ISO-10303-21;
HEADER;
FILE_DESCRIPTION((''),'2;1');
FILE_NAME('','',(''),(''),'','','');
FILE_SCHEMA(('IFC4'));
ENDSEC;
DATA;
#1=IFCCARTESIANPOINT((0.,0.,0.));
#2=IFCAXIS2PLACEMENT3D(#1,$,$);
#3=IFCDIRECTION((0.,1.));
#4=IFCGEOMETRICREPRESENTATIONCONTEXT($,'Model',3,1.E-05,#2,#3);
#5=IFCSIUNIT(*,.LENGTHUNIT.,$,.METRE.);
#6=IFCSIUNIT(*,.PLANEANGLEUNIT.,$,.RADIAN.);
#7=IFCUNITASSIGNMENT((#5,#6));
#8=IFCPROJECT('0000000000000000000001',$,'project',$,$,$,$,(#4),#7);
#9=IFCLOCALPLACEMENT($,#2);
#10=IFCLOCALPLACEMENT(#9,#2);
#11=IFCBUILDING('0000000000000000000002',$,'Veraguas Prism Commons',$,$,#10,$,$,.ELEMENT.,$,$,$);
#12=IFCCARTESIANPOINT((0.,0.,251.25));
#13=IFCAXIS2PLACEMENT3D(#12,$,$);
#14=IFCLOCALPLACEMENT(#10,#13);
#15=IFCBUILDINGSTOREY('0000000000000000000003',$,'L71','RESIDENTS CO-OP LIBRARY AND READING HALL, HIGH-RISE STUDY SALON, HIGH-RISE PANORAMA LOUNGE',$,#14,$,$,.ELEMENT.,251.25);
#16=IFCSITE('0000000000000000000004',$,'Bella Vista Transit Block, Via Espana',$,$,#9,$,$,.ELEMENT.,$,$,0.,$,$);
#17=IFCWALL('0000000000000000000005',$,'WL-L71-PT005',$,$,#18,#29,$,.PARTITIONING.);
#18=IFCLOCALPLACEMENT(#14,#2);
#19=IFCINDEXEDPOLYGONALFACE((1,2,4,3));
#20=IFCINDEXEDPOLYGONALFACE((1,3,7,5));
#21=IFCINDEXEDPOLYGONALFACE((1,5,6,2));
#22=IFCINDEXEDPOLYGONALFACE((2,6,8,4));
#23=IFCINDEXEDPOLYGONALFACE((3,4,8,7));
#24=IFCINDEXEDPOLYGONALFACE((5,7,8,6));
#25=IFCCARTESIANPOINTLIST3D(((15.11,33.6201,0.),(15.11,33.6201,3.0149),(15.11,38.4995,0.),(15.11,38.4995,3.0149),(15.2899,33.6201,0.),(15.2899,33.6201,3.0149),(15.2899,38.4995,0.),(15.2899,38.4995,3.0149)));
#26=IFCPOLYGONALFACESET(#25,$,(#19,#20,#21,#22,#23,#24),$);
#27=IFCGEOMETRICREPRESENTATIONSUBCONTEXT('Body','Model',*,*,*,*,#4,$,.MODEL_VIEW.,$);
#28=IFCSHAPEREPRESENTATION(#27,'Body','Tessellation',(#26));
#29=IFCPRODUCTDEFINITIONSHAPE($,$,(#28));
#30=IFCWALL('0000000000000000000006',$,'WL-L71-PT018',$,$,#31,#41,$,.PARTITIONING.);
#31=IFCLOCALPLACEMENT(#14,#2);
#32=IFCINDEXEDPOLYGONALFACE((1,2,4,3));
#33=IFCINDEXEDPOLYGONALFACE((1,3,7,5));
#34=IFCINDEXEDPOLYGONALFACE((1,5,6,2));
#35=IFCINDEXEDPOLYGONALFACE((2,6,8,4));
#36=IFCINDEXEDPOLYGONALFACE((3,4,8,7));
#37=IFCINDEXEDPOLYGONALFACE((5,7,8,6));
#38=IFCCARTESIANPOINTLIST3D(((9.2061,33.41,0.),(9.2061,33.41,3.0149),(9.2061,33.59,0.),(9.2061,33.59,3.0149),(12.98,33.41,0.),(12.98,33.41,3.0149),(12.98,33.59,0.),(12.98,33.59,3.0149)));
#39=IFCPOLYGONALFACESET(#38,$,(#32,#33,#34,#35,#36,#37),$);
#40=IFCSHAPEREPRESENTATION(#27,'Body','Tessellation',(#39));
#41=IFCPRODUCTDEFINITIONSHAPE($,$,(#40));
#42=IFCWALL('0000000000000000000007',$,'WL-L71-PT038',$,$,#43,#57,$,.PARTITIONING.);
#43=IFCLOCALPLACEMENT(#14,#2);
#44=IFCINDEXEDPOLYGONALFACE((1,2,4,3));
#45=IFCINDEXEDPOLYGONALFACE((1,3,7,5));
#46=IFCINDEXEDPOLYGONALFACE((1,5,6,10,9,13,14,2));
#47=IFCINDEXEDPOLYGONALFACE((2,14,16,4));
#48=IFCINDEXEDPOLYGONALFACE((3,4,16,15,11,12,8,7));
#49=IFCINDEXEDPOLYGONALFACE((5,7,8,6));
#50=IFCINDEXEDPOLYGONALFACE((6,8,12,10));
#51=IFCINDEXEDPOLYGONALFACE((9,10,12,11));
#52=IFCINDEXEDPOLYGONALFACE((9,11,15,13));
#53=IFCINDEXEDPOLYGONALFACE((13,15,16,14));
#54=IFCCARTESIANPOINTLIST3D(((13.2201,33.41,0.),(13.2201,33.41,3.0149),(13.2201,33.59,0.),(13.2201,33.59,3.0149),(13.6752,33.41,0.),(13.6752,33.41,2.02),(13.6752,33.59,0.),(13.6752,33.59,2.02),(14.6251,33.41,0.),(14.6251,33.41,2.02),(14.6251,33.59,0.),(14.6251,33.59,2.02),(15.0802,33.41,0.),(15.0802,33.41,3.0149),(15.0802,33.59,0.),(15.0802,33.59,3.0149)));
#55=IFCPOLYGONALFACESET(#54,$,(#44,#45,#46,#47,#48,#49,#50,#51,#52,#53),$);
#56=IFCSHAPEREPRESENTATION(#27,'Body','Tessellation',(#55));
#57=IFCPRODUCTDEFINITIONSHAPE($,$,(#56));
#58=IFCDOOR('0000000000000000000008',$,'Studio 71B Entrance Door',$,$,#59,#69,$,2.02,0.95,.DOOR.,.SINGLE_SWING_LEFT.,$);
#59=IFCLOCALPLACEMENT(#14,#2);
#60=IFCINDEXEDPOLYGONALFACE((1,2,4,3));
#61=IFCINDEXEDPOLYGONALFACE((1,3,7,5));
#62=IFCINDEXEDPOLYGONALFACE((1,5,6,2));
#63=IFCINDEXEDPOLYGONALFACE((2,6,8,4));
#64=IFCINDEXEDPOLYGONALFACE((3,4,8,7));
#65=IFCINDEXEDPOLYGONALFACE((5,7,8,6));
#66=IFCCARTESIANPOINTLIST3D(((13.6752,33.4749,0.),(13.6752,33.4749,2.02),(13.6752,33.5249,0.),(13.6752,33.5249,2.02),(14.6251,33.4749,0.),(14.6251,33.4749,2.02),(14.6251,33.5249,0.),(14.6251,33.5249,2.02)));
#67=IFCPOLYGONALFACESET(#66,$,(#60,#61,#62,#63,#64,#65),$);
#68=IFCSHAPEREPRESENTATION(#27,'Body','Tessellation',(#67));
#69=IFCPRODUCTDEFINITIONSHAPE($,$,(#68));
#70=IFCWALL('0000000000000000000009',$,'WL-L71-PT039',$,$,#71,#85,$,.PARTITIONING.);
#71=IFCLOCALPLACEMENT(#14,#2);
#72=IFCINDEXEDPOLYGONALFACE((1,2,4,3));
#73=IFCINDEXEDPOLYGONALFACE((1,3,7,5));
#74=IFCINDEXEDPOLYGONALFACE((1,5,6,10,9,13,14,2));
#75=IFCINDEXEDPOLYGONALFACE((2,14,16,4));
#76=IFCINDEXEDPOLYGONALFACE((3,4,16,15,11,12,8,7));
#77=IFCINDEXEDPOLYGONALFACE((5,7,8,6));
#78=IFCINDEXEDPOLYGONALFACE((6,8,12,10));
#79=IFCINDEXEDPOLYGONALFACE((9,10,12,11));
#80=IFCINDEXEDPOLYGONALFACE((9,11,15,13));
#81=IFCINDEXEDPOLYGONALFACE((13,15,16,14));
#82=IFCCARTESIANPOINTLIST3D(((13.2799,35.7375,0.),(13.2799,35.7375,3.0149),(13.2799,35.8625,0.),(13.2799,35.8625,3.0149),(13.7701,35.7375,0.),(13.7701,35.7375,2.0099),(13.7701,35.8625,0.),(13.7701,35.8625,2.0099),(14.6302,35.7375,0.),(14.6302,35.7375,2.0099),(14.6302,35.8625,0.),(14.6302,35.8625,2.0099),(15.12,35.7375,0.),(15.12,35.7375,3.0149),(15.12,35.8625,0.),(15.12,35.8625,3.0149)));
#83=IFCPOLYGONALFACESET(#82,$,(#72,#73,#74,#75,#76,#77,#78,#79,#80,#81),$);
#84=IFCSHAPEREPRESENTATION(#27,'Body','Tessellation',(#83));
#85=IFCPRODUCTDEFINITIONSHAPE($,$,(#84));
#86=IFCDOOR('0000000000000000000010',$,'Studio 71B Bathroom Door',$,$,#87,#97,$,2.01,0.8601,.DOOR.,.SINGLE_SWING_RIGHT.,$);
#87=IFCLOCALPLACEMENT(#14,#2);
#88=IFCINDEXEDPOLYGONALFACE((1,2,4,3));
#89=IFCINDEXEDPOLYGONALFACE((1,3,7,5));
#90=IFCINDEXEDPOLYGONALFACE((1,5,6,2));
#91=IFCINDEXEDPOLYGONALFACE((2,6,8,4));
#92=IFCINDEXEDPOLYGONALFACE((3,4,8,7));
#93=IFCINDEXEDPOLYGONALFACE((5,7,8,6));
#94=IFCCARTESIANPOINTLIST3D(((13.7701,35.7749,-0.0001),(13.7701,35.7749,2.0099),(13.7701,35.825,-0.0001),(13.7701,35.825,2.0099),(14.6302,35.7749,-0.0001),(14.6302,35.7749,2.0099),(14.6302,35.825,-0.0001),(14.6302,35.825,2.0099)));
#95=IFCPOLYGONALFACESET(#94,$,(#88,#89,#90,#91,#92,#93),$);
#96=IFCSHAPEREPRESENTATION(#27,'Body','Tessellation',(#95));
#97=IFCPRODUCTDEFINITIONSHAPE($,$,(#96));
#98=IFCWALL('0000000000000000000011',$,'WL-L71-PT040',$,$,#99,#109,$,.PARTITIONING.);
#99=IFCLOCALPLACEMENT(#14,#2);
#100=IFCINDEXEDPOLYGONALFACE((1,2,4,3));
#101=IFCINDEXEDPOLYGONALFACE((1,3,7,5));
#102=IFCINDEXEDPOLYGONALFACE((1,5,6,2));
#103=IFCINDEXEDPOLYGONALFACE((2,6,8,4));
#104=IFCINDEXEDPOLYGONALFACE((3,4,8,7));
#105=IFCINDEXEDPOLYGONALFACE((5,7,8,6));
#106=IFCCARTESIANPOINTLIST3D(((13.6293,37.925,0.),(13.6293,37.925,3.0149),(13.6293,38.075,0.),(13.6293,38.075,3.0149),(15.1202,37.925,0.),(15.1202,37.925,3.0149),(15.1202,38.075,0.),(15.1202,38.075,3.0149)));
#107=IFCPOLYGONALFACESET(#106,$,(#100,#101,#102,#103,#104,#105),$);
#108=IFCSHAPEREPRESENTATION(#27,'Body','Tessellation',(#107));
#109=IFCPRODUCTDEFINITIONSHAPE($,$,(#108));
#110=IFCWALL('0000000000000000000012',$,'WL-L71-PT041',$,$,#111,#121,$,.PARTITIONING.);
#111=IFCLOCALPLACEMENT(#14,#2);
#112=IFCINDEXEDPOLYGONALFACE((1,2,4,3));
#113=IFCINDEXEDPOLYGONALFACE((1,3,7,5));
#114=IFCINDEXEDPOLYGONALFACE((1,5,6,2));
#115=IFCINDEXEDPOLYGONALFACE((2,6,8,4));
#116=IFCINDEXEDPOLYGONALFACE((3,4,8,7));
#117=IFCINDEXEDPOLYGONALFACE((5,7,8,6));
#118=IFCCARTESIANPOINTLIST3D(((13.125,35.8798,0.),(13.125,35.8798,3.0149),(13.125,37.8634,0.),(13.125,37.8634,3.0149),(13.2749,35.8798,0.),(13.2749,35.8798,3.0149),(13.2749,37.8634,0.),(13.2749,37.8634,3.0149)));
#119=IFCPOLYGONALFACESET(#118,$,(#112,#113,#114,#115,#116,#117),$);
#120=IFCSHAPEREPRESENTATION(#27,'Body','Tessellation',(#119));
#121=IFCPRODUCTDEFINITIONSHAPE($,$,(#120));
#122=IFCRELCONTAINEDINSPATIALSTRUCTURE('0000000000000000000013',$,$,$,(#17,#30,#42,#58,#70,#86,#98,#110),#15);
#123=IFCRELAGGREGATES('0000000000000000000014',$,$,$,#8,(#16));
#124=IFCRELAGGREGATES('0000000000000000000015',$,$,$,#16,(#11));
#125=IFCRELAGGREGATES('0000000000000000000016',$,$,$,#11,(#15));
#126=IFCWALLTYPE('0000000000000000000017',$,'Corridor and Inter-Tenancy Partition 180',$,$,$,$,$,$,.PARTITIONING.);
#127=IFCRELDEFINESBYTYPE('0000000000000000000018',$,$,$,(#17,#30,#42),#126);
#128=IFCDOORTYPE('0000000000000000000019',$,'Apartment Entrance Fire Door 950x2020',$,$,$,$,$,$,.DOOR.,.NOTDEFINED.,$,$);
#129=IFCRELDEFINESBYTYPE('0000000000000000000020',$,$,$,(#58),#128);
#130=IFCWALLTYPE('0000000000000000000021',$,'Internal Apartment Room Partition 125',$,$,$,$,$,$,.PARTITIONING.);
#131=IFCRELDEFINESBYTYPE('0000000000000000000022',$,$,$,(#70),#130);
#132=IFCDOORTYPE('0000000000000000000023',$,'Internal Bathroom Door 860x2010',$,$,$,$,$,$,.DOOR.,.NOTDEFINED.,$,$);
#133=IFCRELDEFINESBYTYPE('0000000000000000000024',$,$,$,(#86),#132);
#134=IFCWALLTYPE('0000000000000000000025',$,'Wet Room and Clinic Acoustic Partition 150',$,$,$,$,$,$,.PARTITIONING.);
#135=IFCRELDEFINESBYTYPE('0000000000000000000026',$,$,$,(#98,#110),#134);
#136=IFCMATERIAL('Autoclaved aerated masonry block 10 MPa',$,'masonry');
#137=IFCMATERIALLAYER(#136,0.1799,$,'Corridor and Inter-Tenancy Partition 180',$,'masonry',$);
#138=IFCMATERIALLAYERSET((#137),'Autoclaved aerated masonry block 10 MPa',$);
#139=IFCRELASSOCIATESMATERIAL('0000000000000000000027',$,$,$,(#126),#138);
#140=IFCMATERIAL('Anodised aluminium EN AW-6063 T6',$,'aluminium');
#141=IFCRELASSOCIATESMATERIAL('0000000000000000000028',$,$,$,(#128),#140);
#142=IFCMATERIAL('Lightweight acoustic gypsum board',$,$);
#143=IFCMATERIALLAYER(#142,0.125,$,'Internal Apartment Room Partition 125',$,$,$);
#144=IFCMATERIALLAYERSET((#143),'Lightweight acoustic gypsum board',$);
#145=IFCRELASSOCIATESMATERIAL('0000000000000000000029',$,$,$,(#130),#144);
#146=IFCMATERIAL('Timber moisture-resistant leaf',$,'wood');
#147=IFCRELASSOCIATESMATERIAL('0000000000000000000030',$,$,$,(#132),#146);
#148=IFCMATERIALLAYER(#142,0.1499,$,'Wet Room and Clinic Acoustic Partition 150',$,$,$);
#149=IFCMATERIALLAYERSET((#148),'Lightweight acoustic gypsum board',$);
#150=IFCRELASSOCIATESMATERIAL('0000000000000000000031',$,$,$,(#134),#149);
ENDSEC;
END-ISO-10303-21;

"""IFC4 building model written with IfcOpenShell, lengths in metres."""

from ifc_helpers import new_model, si_unit, direction, frame, frame_2d, origin, place, context, subcontext, project, spatial, rectangle, extrude, source, transform, mapped, material, layer, layer_set, type_object, element, fill, save


model = new_model("IFC4")

# Units and contexts
model_context = context("Model", 3, precision=1e-05, world=origin(), true_north=direction((0.0, 1.0)))
body_context = subcontext(model_context, "Body", "Model", "MODEL_VIEW")
ifc_project = project(units=[si_unit("LENGTHUNIT", "METRE"), si_unit("PLANEANGLEUNIT", "RADIAN")], contexts=[model_context])

# Site, building, storey
site_placement = place(None, origin())
site = spatial("IfcSite", under=ifc_project, at=site_placement, Name="Bella Vista Transit Block, Via Espana", CompositionType="ELEMENT", RefElevation=0.0)
building_placement = place(site_placement, origin())
building = spatial("IfcBuilding", under=site, at=building_placement, Name="Veraguas Prism Commons", CompositionType="ELEMENT")
storey_placement = place(building_placement, frame((0.0, 0.0, 251.25)))
storey = spatial("IfcBuildingStorey", under=building, at=storey_placement, Name="L71", Description="RESIDENTS CO-OP LIBRARY AND READING HALL, HIGH-RISE STUDY SALON, HIGH-RISE PANORAMA LOUNGE", CompositionType="ELEMENT", Elevation=251.25)

# Shared definitions
ifc_material_1 = material(Name="Anodised aluminium EN AW-6063 T6", Category="aluminium")

# Walls
ifc_material_2 = material(Name="Autoclaved aerated masonry block 10 MPa", Category="masonry")
ifc_layer_1 = layer(ifc_material_2, 0.1799, Name="Corridor and Inter-Tenancy Partition 180", Category="masonry")
ifc_layer_set_1 = layer_set([ifc_layer_1], Name="Autoclaved aerated masonry block 10 MPa")
wall_type_1 = type_object("IfcWallType", Name="Corridor and Inter-Tenancy Partition 180", PredefinedType="PARTITIONING", material=ifc_layer_set_1)
wall_1_placement = place(storey_placement, frame((15.2, 33.6201, 0.0), z_axis=(0.0, 0.0, 1.0), x_axis=(0.0, 1.0, 0.0)))
element("IfcWall", 1, at=wall_1_placement, inside=storey, type_object=wall_type_1, Name="WL-L71-PT005", PredefinedType="PARTITIONING", context=body_context, shape_type="SweptSolid", body=[
    extrude(rectangle(XDim=4.8794, YDim=0.1799, at=frame_2d((2.4397, 0.0))), origin(), (0.0, 0.0, 1.0), 3.0149),
])
wall_2_placement = place(storey_placement, frame((12.98, 33.5, 0.0), z_axis=(0.0, 0.0, 1.0), x_axis=(-1.0, 0.0, 0.0)))
element("IfcWall", 2, at=wall_2_placement, inside=storey, type_object=wall_type_1, Name="WL-L71-PT018", PredefinedType="PARTITIONING", context=body_context, shape_type="SweptSolid", body=[
    extrude(rectangle(XDim=3.7739, YDim=0.1799, at=frame_2d((1.887, 0.0))), origin(), (0.0, 0.0, 1.0), 3.0149),
])

# Walls, openings, doors
wall_3_placement = place(storey_placement, frame((13.22, 33.5, 0.0), z_axis=(0.0, 0.0, 1.0), x_axis=(1.0, 0.0, 0.0)))
wall_3 = element("IfcWall", 3, at=wall_3_placement, inside=storey, type_object=wall_type_1, Name="WL-L71-PT038", PredefinedType="PARTITIONING", context=body_context, shape_type="SweptSolid", body=[
    extrude(rectangle(XDim=1.8601, YDim=0.1799, at=frame_2d((0.9302, 0.0))), origin(), (0.0, 0.0, 1.0), 3.0149),
])
opening_1_placement = place(wall_3_placement, frame((0.4551, 0.0, 0.0)))
opening_1 = element("IfcOpeningElement", 4, at=opening_1_placement, cuts=wall_3, PredefinedType="OPENING", context=body_context, shape_type="SweptSolid", body=[
    extrude(rectangle(XDim=0.95, YDim=2.02, at=frame_2d((0.4751, 1.01))), frame((0.0, 0.0999, 0.0), z_axis=(0.0, -1.0, 0.0), x_axis=(1.0, 0.0, 0.0)), (0.0, 0.0, 1.0), 0.2),
])
door_type_1 = type_object("IfcDoorType", Name="Apartment Entrance Fire Door 950x2020", OperationType="NOTDEFINED", PredefinedType="DOOR", material=ifc_material_1)
shared_shape_1 = source(origin(), body_context, "Body", "SweptSolid", [
    extrude(rectangle(XDim=0.95, YDim=2.02, at=frame_2d((0.4751, 1.01))), frame((0.0, 0.0249, 0.0), z_axis=(0.0, -1.0, 0.0), x_axis=(1.0, 0.0, 0.0)), (0.0, 0.0, 1.0), 0.05),
])
door_1_placement = place(opening_1_placement, origin())
door_1 = element("IfcDoor", 5, at=door_1_placement, inside=storey, type_object=door_type_1, Name="Studio 71B Entrance Door", OperationType="SINGLE_SWING_LEFT", OverallHeight=2.02, OverallWidth=0.95, PredefinedType="DOOR", context=body_context, shape_type="MappedRepresentation", body=[
    mapped(shared_shape_1, transform((0.0, 0.0, 0.0), scale=1.0)),
])
fill(opening_1, door_1)
ifc_material_3 = material(Name="Lightweight acoustic gypsum board")
ifc_layer_2 = layer(ifc_material_3, 0.125, Name="Internal Apartment Room Partition 125")
ifc_layer_set_2 = layer_set([ifc_layer_2], Name="Lightweight acoustic gypsum board")
wall_type_2 = type_object("IfcWallType", Name="Internal Apartment Room Partition 125", PredefinedType="PARTITIONING", material=ifc_layer_set_2)
wall_4_placement = place(storey_placement, frame((13.28, 35.8, 0.0), z_axis=(0.0, 0.0, 1.0), x_axis=(1.0, 0.0, 0.0)))
wall_4 = element("IfcWall", 6, at=wall_4_placement, inside=storey, type_object=wall_type_2, Name="WL-L71-PT039", PredefinedType="PARTITIONING", context=body_context, shape_type="SweptSolid", body=[
    extrude(rectangle(XDim=1.8401, YDim=0.125, at=frame_2d((0.9199, 0.0))), origin(), (0.0, 0.0, 1.0), 3.0149),
])
opening_2_placement = place(wall_4_placement, frame((0.49, 0.0, 0.0)))
opening_2 = element("IfcOpeningElement", 7, at=opening_2_placement, cuts=wall_4, PredefinedType="OPENING", context=body_context, shape_type="SweptSolid", body=[
    extrude(rectangle(XDim=0.8601, YDim=2.01, at=frame_2d((0.4302, 1.0049))), frame((0.0, 0.0725, 0.0), z_axis=(0.0, -1.0, 0.0), x_axis=(1.0, 0.0, 0.0)), (0.0, 0.0, 1.0), 0.145),
])
ifc_material_4 = material(Name="Timber moisture-resistant leaf", Category="wood")
door_type_2 = type_object("IfcDoorType", Name="Internal Bathroom Door 860x2010", OperationType="NOTDEFINED", PredefinedType="DOOR", material=ifc_material_4)
shared_shape_2 = source(origin(), body_context, "Body", "SweptSolid", [
    extrude(rectangle(XDim=0.8601, YDim=2.01, at=frame_2d((0.4302, 1.0049))), frame((0.0, 0.0249, 0.0), z_axis=(0.0, -1.0, 0.0), x_axis=(1.0, 0.0, 0.0)), (0.0, 0.0, 1.0), 0.05),
])
door_2_placement = place(opening_2_placement, origin())
door_2 = element("IfcDoor", 8, at=door_2_placement, inside=storey, type_object=door_type_2, Name="Studio 71B Bathroom Door", OperationType="SINGLE_SWING_RIGHT", OverallHeight=2.01, OverallWidth=0.8601, PredefinedType="DOOR", context=body_context, shape_type="MappedRepresentation", body=[
    mapped(shared_shape_2, transform((0.0, 0.0, 0.0), scale=1.0)),
])
fill(opening_2, door_2)

# Walls
ifc_layer_3 = layer(ifc_material_3, 0.1499, Name="Wet Room and Clinic Acoustic Partition 150")
ifc_layer_set_3 = layer_set([ifc_layer_3], Name="Lightweight acoustic gypsum board")
wall_type_3 = type_object("IfcWallType", Name="Wet Room and Clinic Acoustic Partition 150", PredefinedType="PARTITIONING", material=ifc_layer_set_3)
wall_5_placement = place(storey_placement, frame((13.6292, 38.0, 0.0), z_axis=(0.0, 0.0, 1.0), x_axis=(1.0, 0.0, 0.0)))
element("IfcWall", 9, at=wall_5_placement, inside=storey, type_object=wall_type_3, Name="WL-L71-PT040", PredefinedType="PARTITIONING", context=body_context, shape_type="SweptSolid", body=[
    extrude(rectangle(XDim=1.491, YDim=0.1499, at=frame_2d((0.7456, 0.0))), origin(), (0.0, 0.0, 1.0), 3.0149),
])
wall_6_placement = place(storey_placement, frame((13.2, 35.8799, 0.0), z_axis=(0.0, 0.0, 1.0), x_axis=(0.0, 1.0, 0.0)))
element("IfcWall", 10, at=wall_6_placement, inside=storey, type_object=wall_type_3, Name="WL-L71-PT041", PredefinedType="PARTITIONING", context=body_context, shape_type="SweptSolid", body=[
    extrude(rectangle(XDim=1.9836, YDim=0.1499, at=frame_2d((0.9917, 0.0))), origin(), (0.0, 0.0, 1.0), 3.0149),
])

save(model, "model.ifc")
